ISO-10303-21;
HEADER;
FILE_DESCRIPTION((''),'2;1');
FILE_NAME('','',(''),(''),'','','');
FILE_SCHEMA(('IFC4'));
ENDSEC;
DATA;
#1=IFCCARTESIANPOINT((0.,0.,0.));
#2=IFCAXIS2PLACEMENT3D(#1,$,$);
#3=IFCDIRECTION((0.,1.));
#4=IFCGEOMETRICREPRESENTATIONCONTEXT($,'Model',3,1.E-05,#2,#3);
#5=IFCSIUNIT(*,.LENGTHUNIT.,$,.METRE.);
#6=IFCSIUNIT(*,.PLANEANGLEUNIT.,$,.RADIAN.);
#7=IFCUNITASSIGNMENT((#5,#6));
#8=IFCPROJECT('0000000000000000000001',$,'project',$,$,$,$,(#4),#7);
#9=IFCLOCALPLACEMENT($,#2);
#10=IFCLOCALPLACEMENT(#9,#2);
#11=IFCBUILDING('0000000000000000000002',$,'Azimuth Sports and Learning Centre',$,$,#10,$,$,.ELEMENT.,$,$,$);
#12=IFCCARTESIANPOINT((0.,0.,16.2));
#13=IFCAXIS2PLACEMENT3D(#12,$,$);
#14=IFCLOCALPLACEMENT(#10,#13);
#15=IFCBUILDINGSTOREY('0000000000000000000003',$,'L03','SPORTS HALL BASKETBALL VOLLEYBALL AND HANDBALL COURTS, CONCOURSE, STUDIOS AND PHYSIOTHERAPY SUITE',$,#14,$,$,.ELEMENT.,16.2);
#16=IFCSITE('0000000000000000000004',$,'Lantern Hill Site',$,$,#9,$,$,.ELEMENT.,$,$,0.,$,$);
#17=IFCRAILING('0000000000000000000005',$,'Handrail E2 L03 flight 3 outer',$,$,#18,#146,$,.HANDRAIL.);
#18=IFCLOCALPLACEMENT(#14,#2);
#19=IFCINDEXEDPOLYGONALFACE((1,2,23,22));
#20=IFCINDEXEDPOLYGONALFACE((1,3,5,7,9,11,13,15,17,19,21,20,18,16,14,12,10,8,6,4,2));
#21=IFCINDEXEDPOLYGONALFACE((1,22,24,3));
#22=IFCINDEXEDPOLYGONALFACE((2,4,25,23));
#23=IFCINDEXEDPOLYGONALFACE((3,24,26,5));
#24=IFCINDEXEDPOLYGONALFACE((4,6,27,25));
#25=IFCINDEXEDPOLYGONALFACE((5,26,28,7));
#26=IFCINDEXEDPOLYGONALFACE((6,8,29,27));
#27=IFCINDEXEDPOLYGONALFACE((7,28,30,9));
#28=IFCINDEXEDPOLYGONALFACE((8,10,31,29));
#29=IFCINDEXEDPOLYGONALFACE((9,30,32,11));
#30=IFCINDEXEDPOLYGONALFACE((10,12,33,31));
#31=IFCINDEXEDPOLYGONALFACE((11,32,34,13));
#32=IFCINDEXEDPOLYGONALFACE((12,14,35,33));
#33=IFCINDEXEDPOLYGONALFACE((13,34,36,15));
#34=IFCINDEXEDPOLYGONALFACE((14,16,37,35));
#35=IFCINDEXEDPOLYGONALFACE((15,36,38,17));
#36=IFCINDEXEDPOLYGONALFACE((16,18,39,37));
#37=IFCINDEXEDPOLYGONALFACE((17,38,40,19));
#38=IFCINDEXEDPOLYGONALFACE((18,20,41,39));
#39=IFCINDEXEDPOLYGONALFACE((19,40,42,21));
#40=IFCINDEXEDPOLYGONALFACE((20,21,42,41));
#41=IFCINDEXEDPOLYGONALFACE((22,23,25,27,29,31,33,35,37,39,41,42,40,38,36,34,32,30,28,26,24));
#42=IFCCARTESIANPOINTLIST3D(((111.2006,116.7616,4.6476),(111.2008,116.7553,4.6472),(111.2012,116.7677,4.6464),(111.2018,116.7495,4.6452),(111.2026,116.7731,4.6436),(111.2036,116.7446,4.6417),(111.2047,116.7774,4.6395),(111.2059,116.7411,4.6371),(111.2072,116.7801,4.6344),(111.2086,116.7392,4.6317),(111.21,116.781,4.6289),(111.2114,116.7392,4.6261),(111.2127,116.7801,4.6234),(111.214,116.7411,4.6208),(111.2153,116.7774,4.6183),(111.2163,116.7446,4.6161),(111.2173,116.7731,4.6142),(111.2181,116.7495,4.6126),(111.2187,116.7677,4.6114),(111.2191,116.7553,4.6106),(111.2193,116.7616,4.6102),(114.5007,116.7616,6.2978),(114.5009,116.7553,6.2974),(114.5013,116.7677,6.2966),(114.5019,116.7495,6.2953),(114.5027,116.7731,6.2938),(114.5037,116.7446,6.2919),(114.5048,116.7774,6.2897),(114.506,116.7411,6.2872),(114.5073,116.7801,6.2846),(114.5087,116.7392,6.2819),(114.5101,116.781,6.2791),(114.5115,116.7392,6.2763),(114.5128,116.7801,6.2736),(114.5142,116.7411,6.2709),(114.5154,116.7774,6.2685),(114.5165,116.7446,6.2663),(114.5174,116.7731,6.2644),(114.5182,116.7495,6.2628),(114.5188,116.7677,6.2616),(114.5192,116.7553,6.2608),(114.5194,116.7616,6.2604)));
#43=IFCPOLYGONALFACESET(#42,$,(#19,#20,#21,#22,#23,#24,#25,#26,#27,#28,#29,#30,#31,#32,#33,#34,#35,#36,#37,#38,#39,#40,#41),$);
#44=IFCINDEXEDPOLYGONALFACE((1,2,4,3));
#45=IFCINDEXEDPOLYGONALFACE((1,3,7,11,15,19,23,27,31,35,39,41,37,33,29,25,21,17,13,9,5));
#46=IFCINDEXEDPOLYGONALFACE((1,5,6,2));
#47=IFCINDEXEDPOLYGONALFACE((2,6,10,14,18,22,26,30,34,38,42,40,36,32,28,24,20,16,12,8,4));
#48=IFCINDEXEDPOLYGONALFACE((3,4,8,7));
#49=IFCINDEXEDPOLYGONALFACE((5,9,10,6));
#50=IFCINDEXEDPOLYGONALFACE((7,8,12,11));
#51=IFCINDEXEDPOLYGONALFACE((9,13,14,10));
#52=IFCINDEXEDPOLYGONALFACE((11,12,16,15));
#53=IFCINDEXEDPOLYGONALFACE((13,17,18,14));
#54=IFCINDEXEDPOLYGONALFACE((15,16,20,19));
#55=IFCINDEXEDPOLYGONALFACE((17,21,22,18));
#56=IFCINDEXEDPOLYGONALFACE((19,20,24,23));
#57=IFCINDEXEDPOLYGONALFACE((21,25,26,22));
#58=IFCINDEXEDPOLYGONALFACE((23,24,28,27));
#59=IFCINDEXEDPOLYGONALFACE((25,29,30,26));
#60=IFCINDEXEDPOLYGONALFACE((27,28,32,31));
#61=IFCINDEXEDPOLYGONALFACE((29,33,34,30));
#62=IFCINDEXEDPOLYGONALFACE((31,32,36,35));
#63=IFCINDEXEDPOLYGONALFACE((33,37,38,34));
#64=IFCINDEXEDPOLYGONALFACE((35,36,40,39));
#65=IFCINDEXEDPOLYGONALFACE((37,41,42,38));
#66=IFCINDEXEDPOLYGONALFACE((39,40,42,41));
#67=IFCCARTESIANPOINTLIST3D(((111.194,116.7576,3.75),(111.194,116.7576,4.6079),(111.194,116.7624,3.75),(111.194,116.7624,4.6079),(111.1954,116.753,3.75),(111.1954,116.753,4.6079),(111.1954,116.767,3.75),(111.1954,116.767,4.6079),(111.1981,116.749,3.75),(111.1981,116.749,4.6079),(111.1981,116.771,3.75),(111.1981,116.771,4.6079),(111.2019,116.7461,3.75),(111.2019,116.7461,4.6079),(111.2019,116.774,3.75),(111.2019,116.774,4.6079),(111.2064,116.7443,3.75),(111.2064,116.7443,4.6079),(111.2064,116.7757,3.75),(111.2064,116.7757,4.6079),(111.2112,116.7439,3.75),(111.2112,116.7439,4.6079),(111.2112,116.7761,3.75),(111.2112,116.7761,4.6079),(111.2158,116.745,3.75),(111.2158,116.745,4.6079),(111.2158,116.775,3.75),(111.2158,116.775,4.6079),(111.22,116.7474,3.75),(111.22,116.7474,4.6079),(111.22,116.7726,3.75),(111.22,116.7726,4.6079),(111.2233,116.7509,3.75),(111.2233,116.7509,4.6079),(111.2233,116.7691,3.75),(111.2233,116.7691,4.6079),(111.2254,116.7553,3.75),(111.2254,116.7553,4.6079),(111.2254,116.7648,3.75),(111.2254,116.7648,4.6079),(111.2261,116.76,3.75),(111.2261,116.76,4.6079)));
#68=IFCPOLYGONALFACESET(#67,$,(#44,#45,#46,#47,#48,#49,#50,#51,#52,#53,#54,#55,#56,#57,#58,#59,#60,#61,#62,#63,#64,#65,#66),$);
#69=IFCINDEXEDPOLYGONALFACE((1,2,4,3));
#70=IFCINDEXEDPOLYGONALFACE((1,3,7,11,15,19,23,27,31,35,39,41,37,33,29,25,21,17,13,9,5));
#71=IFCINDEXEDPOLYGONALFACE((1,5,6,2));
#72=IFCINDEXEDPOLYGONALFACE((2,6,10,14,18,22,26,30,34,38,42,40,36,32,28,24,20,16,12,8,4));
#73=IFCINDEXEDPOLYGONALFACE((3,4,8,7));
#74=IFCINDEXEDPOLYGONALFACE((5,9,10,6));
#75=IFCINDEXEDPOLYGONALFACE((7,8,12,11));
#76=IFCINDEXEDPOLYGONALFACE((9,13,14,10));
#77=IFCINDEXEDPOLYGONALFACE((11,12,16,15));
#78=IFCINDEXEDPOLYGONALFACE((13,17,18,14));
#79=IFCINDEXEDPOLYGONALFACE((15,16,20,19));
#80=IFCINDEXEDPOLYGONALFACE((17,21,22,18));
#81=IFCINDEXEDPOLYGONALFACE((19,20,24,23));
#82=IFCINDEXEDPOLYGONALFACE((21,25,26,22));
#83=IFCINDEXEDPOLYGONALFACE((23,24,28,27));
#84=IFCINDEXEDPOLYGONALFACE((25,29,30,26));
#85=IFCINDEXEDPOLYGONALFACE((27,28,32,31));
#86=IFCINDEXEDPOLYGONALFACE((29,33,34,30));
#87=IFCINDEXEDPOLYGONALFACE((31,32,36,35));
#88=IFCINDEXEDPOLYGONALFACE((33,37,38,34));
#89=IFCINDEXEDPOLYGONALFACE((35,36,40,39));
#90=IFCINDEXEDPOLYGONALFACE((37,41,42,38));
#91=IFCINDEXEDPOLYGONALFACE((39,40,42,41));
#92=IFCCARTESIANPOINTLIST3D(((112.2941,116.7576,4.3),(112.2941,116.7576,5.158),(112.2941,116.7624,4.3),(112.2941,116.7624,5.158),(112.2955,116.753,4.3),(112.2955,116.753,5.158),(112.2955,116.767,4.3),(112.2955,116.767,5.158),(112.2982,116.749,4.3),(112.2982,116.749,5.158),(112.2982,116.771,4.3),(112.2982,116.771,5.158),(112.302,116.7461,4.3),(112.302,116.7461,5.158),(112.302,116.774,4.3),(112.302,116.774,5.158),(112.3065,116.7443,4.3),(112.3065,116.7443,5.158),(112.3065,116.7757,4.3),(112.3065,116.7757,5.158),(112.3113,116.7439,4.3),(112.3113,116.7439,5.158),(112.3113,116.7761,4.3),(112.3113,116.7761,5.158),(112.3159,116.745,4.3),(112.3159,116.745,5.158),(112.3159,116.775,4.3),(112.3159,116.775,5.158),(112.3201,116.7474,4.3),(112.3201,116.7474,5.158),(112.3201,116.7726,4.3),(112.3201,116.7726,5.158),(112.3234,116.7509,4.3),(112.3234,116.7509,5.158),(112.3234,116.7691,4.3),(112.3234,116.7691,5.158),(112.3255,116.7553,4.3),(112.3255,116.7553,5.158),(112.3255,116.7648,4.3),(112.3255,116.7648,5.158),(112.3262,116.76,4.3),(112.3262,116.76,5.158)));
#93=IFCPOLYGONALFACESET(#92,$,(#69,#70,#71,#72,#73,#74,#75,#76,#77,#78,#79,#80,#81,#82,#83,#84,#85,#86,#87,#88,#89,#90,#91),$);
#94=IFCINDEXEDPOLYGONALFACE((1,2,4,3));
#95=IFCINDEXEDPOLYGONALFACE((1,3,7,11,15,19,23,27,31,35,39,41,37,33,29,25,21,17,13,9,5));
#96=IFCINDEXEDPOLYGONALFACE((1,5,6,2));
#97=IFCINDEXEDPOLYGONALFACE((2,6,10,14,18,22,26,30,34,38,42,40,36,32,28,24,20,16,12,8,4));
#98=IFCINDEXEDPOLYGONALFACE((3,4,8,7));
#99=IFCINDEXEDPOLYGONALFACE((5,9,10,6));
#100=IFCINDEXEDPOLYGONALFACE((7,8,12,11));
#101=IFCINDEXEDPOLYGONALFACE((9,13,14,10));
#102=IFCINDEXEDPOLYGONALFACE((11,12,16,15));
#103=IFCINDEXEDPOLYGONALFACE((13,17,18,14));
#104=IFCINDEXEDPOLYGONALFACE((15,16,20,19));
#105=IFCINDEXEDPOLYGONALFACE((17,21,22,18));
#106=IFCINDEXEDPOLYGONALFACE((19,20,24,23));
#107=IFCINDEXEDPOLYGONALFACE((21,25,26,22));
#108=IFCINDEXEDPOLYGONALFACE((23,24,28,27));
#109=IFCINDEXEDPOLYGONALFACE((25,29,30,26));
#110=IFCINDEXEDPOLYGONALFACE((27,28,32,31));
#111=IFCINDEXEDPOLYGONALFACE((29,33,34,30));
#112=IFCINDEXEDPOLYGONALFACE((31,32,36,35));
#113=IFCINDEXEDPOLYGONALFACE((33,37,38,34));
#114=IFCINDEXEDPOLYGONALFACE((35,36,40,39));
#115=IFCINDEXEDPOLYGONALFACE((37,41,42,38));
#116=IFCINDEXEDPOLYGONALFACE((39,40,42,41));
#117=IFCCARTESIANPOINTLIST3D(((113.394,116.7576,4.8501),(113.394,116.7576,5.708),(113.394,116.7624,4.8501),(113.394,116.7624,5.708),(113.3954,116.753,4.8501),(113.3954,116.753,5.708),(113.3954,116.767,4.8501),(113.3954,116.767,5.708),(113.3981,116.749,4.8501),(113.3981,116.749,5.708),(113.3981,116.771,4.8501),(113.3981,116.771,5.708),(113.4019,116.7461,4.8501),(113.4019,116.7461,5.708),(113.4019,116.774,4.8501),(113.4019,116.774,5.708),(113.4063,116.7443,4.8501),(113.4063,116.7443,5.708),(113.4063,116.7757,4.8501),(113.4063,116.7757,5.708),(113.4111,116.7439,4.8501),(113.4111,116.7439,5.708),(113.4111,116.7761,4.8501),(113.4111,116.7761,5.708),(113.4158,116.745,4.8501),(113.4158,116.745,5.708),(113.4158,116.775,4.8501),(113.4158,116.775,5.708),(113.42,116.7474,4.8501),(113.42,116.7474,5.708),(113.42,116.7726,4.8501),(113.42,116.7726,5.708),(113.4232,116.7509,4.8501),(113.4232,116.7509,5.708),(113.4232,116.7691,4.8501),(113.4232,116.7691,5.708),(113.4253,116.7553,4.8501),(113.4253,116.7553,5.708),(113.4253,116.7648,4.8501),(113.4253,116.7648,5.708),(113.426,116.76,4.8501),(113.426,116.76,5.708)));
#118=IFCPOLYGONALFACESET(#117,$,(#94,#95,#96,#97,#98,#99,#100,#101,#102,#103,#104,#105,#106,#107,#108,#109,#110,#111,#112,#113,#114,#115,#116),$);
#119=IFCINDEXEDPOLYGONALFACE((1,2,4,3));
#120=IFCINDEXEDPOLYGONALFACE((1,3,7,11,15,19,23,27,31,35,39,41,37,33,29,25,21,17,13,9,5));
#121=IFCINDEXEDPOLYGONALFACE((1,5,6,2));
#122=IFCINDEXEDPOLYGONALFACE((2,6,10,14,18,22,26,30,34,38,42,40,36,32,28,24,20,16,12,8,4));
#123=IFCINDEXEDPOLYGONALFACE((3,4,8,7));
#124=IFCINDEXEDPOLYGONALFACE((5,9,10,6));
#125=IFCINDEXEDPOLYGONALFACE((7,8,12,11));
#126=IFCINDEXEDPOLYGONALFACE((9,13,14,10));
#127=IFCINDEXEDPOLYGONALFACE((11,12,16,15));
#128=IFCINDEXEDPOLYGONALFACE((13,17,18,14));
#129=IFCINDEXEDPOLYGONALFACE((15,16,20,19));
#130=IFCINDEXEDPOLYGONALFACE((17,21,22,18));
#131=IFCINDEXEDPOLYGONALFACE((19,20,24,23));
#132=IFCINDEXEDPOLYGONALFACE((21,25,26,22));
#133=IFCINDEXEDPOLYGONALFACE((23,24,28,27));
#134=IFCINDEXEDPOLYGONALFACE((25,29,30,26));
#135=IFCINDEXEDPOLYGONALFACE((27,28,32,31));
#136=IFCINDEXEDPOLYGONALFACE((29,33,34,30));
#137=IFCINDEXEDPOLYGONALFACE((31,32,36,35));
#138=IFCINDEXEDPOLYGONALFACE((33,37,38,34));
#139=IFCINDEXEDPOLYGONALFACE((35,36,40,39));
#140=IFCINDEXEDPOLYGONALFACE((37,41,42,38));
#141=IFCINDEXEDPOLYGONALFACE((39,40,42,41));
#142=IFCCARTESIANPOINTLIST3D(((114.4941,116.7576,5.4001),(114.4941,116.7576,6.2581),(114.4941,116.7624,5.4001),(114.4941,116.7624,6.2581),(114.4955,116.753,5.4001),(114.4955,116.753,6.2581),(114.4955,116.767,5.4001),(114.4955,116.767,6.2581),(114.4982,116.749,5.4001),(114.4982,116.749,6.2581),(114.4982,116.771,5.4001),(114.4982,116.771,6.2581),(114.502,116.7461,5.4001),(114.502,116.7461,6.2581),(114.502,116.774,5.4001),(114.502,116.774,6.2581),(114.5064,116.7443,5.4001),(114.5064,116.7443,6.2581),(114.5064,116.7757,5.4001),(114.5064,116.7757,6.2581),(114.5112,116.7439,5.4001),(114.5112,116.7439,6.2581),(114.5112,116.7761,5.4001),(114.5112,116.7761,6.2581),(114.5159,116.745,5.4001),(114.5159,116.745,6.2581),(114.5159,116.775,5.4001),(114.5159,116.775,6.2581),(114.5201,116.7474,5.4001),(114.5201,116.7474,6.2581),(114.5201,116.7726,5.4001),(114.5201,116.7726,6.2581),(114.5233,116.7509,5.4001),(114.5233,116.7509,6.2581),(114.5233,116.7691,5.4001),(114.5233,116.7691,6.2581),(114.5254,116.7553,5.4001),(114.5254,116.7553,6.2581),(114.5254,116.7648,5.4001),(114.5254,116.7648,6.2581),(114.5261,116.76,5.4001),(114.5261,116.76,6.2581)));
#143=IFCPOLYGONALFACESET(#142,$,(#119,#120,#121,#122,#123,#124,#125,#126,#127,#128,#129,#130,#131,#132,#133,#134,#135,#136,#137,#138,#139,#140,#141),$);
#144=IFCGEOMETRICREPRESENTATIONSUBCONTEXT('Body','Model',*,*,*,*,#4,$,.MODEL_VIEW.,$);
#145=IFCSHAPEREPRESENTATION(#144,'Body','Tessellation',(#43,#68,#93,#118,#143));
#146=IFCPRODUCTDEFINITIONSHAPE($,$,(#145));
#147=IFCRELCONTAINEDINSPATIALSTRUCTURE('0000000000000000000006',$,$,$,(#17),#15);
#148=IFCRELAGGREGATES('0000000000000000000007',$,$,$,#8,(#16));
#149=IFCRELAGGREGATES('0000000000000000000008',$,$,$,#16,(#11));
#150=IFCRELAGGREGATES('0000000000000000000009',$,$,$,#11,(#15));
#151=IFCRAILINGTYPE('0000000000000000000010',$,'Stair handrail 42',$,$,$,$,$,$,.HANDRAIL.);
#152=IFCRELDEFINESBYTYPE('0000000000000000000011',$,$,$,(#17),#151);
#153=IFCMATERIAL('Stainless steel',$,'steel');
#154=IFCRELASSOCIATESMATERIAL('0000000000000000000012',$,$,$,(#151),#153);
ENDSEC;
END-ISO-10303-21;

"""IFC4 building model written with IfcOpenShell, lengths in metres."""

from ifc_helpers import new_model, si_unit, direction, frame, origin, origin_2d, place, context, subcontext, project, spatial, circle, extrude, material, type_object, element, save


model = new_model("IFC4")

# Units and contexts
model_context = context("Model", 3, precision=1e-05, world=origin(), true_north=direction((0.0, 1.0)))
body_context = subcontext(model_context, "Body", "Model", "MODEL_VIEW")
ifc_project = project(units=[si_unit("LENGTHUNIT", "METRE"), si_unit("PLANEANGLEUNIT", "RADIAN")], contexts=[model_context])

# Site, building, storey
site_placement = place(None, origin())
site = spatial("IfcSite", under=ifc_project, at=site_placement, Name="Lantern Hill Site", CompositionType="ELEMENT", RefElevation=0.0)
building_placement = place(site_placement, origin())
building = spatial("IfcBuilding", under=site, at=building_placement, Name="Azimuth Sports and Learning Centre", CompositionType="ELEMENT")
storey_placement = place(building_placement, frame((0.0, 0.0, 16.2)))
storey = spatial("IfcBuildingStorey", under=building, at=storey_placement, Name="L03", Description="SPORTS HALL BASKETBALL VOLLEYBALL AND HANDBALL COURTS, CONCOURSE, STUDIOS AND PHYSIOTHERAPY SUITE", CompositionType="ELEMENT", Elevation=16.2)

# Railing
ifc_material_1 = material(Name="Stainless steel", Category="steel")
railing_type_1 = type_object("IfcRailingType", Name="Stair handrail 42", PredefinedType="HANDRAIL", material=ifc_material_1)
for number, where, name in (
    (1, (111.21, 116.76, 3.75), "Handrail E2 L03 flight 3 outer"),
):
    element("IfcRailing", number, at=place(storey_placement, frame(where)), inside=storey, type_object=railing_type_1, Name=name, PredefinedType="HANDRAIL", context=body_context, shape_type="SweptSolid", body=[
        extrude(circle(Radius=0.021, at=origin_2d()), frame((0.0, 0.0, 0.8789), z_axis=(0.894414, 0.0, 0.44724), x_axis=(0.0, 1.0, 0.0)), (0.0, 0.0, 1.0), 3.6897),
        extrude(circle(Radius=0.0161, at=origin_2d()), origin(), (0.0, 0.0, 1.0), 0.8579),
        extrude(circle(Radius=0.0161, at=origin_2d()), frame((1.1001, 0.0, 0.55)), (0.0, 0.0, 1.0), 0.8579),
        extrude(circle(Radius=0.0161, at=origin_2d()), frame((2.2, 0.0, 1.1001)), (0.0, 0.0, 1.0), 0.8579),
        extrude(circle(Radius=0.0161, at=origin_2d()), frame((3.3, 0.0, 1.6501)), (0.0, 0.0, 1.0), 0.8579),
    ])

save(model, "model.ifc")
